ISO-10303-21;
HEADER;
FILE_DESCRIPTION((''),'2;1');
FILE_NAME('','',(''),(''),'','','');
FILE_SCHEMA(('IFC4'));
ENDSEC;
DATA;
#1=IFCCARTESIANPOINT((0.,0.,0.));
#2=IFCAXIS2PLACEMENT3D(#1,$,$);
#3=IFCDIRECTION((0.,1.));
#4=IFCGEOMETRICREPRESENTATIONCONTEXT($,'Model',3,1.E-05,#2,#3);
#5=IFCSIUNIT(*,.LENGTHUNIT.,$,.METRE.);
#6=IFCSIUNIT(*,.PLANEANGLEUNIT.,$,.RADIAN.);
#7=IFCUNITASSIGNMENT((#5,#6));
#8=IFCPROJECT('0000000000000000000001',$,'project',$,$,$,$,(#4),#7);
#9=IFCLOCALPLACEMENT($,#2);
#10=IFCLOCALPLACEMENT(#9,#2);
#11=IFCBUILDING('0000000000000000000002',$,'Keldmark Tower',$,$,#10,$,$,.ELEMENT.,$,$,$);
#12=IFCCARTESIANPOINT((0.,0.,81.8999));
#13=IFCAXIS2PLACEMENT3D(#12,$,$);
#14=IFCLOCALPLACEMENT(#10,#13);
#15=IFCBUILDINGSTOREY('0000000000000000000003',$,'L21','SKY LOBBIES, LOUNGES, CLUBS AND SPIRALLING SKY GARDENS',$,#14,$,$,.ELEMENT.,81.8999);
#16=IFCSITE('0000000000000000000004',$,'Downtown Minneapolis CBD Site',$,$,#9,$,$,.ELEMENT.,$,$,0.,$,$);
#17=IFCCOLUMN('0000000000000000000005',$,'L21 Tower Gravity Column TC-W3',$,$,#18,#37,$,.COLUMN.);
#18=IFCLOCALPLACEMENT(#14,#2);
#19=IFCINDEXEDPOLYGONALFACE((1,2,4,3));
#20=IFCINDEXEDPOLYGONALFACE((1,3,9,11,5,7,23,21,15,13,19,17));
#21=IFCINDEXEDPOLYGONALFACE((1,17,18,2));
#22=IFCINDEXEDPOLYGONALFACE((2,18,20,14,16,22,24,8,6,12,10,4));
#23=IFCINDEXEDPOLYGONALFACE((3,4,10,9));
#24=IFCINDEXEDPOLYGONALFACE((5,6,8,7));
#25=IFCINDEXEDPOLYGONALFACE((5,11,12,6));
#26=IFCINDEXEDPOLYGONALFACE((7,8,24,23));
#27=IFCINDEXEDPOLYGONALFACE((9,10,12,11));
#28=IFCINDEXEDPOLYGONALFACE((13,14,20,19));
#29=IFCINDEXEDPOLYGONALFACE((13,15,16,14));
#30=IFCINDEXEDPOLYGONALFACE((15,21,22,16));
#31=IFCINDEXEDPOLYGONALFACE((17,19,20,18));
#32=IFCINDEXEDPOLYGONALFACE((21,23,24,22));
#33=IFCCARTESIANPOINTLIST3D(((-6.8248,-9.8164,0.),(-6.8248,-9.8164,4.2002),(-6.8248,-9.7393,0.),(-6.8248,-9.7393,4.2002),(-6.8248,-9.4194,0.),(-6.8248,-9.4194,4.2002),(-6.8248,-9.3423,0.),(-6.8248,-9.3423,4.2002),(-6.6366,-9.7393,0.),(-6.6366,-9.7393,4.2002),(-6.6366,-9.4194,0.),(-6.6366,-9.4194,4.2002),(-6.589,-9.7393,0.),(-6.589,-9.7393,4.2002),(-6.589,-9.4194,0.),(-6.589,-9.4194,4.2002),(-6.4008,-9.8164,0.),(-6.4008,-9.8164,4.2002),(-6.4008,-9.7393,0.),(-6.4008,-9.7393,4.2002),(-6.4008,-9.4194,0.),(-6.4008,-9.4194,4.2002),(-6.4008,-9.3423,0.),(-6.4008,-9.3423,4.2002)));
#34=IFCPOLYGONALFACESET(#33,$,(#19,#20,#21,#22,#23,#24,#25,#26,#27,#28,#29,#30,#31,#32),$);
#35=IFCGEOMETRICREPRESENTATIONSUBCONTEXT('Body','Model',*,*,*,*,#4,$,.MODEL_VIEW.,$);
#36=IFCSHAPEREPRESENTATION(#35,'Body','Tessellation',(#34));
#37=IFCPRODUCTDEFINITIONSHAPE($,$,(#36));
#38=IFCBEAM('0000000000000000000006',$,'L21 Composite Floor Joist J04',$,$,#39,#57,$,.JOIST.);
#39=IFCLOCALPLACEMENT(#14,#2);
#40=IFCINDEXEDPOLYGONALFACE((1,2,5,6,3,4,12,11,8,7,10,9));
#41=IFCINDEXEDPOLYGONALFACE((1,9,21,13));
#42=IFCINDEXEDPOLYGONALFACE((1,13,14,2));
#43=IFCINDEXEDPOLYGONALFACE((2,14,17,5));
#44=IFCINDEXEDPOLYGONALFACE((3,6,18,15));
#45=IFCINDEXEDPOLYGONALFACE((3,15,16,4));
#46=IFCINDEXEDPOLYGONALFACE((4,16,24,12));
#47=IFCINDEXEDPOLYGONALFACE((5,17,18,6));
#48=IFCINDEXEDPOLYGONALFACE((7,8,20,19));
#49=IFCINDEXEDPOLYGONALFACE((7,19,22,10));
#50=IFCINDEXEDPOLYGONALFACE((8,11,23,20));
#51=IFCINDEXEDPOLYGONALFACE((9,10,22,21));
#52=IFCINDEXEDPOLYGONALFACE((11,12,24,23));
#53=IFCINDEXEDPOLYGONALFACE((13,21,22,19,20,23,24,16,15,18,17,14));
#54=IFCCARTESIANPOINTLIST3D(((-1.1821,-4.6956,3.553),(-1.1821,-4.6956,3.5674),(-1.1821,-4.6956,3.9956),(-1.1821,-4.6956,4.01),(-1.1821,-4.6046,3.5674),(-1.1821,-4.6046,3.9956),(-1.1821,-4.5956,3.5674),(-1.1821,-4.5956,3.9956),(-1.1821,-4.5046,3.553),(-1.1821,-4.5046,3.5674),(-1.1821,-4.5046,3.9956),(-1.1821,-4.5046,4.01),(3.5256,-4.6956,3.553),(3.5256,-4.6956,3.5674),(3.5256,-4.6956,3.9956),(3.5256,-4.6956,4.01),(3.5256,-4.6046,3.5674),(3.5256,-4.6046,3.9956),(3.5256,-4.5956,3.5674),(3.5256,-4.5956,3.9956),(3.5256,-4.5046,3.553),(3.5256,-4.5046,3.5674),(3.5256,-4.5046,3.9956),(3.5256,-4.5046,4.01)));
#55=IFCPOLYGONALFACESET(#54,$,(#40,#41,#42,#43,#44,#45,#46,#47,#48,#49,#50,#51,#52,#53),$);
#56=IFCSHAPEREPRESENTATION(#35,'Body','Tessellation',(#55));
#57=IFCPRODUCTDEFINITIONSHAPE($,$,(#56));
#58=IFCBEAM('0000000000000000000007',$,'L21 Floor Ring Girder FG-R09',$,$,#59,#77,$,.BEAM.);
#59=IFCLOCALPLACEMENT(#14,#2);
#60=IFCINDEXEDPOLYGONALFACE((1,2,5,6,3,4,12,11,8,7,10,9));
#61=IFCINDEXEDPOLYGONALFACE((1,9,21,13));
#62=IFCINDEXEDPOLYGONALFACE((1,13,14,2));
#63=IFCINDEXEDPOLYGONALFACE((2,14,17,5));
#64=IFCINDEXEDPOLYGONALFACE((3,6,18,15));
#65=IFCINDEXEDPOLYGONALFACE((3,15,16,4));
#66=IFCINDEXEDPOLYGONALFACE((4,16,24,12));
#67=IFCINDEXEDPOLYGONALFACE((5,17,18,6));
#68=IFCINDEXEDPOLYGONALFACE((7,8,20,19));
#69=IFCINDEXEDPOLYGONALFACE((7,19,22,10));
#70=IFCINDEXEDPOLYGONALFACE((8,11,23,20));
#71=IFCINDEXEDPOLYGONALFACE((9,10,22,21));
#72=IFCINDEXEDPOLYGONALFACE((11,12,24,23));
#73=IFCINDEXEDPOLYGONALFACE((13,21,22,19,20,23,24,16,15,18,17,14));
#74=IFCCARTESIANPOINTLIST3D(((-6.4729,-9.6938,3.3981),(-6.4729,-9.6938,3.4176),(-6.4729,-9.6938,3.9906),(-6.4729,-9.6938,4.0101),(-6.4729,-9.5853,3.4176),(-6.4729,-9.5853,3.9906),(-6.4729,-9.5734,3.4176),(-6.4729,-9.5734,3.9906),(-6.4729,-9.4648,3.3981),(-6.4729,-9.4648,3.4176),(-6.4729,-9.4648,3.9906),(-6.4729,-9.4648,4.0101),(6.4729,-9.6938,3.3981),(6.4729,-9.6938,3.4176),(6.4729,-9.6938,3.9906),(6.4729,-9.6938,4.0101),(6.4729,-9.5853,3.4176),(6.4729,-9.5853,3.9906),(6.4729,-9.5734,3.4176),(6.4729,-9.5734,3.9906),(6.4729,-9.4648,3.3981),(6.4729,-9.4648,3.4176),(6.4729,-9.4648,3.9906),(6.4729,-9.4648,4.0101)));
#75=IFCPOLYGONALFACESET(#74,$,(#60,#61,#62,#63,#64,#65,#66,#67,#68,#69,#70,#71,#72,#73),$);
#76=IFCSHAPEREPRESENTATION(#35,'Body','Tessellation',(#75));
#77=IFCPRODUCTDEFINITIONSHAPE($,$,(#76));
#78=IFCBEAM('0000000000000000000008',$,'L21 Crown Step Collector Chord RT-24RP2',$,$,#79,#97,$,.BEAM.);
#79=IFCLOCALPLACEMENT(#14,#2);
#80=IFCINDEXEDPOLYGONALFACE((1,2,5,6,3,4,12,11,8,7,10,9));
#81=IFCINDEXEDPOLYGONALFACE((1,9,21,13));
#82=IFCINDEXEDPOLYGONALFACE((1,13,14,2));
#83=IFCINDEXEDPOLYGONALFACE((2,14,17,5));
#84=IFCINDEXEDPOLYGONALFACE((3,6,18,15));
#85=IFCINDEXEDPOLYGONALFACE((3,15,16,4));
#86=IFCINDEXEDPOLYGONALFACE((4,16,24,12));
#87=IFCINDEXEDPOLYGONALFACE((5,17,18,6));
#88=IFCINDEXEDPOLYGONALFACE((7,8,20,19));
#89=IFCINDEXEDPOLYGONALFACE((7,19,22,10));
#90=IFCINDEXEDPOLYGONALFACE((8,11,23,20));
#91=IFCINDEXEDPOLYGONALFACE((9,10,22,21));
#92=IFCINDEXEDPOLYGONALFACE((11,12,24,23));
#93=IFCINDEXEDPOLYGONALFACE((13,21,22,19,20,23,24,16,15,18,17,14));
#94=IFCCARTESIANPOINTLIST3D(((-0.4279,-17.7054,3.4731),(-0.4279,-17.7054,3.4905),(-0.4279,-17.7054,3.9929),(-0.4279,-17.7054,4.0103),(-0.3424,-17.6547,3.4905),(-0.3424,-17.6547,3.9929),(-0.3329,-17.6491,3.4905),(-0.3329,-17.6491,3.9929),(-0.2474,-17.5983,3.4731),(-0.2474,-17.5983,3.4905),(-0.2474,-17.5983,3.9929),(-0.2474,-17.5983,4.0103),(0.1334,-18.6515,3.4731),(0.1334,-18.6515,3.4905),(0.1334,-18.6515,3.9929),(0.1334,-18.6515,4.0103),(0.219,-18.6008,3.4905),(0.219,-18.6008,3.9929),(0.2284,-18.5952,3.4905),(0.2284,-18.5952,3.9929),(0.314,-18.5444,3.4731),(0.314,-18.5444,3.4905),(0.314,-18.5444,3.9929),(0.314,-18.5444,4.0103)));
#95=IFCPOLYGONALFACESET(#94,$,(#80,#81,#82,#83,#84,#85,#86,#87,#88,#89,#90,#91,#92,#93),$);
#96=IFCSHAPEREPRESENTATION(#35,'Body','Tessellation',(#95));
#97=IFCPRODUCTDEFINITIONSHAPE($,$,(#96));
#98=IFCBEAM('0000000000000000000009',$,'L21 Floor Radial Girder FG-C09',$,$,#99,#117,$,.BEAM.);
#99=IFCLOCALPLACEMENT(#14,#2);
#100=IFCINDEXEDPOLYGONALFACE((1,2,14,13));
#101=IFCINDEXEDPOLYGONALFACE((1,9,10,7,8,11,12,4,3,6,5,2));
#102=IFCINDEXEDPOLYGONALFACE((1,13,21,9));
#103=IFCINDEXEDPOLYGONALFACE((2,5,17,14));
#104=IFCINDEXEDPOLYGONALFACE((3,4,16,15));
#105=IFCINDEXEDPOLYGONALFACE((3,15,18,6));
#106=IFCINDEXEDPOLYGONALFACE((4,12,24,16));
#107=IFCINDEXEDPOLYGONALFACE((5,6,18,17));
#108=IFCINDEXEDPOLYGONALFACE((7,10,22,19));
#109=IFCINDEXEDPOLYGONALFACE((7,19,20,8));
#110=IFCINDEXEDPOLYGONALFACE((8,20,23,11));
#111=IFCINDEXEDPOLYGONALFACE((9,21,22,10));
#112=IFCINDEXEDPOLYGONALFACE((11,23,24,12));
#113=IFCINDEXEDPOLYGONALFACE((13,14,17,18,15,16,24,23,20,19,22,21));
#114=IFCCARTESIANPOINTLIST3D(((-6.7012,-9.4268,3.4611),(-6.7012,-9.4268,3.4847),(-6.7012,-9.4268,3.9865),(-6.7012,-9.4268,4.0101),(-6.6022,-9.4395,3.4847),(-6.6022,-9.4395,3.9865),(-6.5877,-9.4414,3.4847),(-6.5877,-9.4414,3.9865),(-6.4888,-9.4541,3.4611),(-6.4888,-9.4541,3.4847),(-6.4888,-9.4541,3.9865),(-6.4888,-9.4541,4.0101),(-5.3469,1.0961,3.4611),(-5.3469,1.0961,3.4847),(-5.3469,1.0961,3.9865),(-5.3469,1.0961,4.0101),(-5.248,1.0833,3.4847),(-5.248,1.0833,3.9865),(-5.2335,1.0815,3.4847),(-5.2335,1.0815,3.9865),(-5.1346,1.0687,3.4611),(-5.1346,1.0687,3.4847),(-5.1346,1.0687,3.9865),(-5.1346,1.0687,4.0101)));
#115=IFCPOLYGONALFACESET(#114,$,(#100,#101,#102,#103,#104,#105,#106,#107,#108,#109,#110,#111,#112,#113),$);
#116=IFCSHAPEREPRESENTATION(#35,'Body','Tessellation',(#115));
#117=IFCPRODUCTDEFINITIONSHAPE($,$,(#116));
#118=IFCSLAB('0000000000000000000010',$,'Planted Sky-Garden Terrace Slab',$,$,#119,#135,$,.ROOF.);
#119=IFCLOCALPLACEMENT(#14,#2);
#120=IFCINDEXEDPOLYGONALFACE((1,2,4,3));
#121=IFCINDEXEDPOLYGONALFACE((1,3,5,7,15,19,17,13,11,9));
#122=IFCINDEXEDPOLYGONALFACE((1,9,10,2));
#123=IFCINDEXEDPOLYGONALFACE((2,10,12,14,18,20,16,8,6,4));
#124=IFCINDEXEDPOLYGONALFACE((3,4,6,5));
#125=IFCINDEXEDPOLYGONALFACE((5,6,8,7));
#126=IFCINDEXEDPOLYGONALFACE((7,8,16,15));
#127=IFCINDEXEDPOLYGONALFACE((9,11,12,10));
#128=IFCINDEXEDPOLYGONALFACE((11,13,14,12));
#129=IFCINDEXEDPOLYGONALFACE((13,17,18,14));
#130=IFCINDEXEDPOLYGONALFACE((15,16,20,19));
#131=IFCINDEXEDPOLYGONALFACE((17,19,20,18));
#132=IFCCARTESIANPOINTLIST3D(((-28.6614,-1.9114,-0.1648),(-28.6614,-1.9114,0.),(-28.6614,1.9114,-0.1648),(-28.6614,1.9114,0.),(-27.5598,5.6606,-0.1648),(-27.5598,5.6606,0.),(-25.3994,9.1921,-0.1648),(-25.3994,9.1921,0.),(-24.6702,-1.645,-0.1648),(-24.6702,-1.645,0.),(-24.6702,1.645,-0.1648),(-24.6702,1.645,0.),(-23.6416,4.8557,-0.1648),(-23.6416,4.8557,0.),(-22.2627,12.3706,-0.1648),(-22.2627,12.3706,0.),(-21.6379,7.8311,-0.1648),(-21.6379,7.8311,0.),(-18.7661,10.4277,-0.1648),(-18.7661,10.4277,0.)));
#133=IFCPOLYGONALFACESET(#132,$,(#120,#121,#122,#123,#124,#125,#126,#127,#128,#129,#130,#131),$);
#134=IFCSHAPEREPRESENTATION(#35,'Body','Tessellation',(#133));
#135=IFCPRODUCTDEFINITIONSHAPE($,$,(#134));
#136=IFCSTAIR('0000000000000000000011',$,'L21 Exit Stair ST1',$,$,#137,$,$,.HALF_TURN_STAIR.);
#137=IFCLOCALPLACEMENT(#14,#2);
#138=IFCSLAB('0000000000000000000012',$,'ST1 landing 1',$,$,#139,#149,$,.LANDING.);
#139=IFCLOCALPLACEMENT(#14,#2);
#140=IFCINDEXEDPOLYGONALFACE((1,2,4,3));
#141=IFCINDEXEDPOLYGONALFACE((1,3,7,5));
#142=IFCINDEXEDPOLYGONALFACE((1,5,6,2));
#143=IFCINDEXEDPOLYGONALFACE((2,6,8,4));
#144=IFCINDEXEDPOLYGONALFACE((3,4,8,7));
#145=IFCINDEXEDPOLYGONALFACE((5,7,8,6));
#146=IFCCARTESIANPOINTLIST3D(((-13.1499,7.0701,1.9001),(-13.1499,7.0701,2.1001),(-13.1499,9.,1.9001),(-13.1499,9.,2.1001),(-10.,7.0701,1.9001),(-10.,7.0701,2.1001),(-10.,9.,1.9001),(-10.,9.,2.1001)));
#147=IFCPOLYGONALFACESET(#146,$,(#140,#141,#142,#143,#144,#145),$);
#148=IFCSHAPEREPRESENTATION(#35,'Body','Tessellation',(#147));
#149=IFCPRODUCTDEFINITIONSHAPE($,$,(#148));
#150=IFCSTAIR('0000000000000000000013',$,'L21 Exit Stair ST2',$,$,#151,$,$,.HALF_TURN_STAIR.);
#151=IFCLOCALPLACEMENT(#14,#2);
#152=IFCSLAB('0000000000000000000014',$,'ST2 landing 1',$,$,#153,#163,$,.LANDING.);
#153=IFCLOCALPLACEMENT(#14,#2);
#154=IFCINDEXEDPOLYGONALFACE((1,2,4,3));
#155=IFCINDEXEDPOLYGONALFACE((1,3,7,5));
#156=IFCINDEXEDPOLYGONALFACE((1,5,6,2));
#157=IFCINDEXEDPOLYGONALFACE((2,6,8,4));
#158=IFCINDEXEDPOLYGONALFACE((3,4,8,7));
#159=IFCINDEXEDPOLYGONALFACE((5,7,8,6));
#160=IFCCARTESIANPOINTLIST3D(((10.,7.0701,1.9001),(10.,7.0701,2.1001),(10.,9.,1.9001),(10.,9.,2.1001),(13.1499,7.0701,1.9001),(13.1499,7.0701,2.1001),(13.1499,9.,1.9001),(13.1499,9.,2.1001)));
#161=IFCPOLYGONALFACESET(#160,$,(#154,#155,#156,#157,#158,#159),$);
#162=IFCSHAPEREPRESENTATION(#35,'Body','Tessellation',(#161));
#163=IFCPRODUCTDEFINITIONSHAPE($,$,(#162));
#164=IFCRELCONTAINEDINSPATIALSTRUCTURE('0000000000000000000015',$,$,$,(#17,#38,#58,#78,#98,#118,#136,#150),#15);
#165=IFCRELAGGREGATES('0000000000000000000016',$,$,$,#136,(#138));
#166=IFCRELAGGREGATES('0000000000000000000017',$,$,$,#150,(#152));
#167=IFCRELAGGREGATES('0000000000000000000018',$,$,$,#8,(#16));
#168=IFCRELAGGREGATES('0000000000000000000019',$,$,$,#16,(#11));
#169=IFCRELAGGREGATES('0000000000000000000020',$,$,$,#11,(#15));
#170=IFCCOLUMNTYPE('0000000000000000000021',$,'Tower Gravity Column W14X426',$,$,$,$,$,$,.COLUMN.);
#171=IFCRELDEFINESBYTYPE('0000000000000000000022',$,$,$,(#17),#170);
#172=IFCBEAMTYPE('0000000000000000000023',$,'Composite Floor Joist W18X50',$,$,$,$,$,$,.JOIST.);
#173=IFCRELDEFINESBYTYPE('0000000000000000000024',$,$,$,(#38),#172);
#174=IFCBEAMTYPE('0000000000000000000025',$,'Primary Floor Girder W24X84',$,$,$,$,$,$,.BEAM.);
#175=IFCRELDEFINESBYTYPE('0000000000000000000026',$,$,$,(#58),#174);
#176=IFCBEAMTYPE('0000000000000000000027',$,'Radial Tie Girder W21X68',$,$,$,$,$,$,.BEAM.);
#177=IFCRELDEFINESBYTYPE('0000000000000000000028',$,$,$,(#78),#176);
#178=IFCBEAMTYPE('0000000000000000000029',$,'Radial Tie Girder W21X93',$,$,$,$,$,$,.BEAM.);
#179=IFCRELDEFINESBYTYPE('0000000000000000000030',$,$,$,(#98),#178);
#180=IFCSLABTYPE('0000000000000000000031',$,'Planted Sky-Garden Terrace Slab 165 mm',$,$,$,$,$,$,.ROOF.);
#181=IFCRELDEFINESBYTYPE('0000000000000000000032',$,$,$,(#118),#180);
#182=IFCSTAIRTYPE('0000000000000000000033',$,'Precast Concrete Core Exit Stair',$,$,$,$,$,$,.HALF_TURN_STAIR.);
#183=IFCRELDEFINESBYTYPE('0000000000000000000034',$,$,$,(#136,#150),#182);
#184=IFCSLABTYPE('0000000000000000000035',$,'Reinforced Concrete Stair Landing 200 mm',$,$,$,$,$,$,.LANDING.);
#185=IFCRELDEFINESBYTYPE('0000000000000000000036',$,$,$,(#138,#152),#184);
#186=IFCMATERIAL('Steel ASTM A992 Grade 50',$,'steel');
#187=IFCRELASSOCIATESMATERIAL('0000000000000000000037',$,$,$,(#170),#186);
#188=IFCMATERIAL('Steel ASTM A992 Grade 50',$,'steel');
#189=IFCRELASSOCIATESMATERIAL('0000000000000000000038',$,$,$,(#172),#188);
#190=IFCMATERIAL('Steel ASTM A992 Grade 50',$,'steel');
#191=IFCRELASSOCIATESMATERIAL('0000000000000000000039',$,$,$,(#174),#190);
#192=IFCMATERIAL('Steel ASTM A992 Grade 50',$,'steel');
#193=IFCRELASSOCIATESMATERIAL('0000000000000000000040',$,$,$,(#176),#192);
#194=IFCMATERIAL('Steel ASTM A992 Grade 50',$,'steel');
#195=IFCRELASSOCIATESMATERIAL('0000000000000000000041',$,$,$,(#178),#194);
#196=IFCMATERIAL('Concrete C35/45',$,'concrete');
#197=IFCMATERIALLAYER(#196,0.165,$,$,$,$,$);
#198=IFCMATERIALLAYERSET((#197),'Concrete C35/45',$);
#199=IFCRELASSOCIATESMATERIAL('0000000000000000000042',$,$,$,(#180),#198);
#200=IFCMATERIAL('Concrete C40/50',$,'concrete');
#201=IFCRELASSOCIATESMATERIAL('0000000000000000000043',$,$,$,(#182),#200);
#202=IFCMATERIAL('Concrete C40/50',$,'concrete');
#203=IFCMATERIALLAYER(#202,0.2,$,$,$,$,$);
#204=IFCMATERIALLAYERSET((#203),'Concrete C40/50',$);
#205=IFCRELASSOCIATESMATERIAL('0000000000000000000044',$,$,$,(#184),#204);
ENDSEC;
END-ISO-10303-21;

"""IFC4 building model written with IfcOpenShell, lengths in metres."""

from ifc_helpers import new_model, si_unit, direction, frame, origin, origin_2d, place, context, subcontext, project, spatial, polyline, i_section, outline, extrude, material, layer, layer_set, material_profile, profile_set, type_object, element, aggregate, save


model = new_model("IFC4")

# Units and contexts
model_context = context("Model", 3, precision=1e-05, world=origin(), true_north=direction((0.0, 1.0)))
body_context = subcontext(model_context, "Body", "Model", "MODEL_VIEW")
ifc_project = project(units=[si_unit("LENGTHUNIT", "METRE"), si_unit("PLANEANGLEUNIT", "RADIAN")], contexts=[model_context])

# Site, building, storey
site_placement = place(None, origin())
site = spatial("IfcSite", under=ifc_project, at=site_placement, Name="Downtown Minneapolis CBD Site", CompositionType="ELEMENT", RefElevation=0.0)
building_placement = place(site_placement, origin())
building = spatial("IfcBuilding", under=site, at=building_placement, Name="Keldmark Tower", CompositionType="ELEMENT")
storey_placement = place(building_placement, frame((0.0, 0.0, 81.8999)))
storey = spatial("IfcBuildingStorey", under=building, at=storey_placement, Name="L21", Description="SKY LOBBIES, LOUNGES, CLUBS AND SPIRALLING SKY GARDENS", CompositionType="ELEMENT", Elevation=81.8999)

# Column
ifc_material_1 = material(Name="Steel ASTM A992 Grade 50", Category="steel")
ifc_material_profile_1 = material_profile(ifc_material_1, i_section(OverallWidth=0.4241, OverallDepth=0.4741, WebThickness=0.0476, FlangeThickness=0.0771, at=origin_2d()), Name="W14X426")
ifc_profile_set_1 = profile_set([ifc_material_profile_1], Name="Steel ASTM A992 Grade 50")
column_type = type_object("IfcColumnType", Name="Tower Gravity Column W14X426", PredefinedType="COLUMN", material=ifc_profile_set_1)
column_placement = place(storey_placement, frame((-6.6128, -9.5793, 0.0), z_axis=(0.0, 0.0, 1.0), x_axis=(1.0, 0.0, 0.0)))
element("IfcColumn", 1, at=column_placement, inside=storey, type_object=column_type, Name="L21 Tower Gravity Column TC-W3", PredefinedType="COLUMN", context=body_context, shape_type="SweptSolid", body=[
    extrude(i_section(OverallWidth=0.4241, OverallDepth=0.4741, WebThickness=0.0476, FlangeThickness=0.0771, at=origin_2d()), origin(), (0.0, 0.0, 1.0), 4.2002),
])

# Beams
ifc_material_2 = material(Name="Steel ASTM A992 Grade 50", Category="steel")
ifc_material_profile_2 = material_profile(ifc_material_2, i_section(OverallWidth=0.1909, OverallDepth=0.457, WebThickness=0.009, FlangeThickness=0.0144, at=origin_2d()), Name="W18X50")
ifc_profile_set_2 = profile_set([ifc_material_profile_2], Name="Steel ASTM A992 Grade 50")
beam_type_1 = type_object("IfcBeamType", Name="Composite Floor Joist W18X50", PredefinedType="JOIST", material=ifc_profile_set_2)
beam_1_placement = place(storey_placement, frame((-1.1821, -4.6001, 3.7815), z_axis=(1.0, 0.0, 0.0), x_axis=(0.0, 1.0, 0.0)))
element("IfcBeam", 2, at=beam_1_placement, inside=storey, type_object=beam_type_1, Name="L21 Composite Floor Joist J04", PredefinedType="JOIST", context=body_context, shape_type="SweptSolid", body=[
    extrude(i_section(OverallWidth=0.1909, OverallDepth=0.457, WebThickness=0.009, FlangeThickness=0.0144, at=origin_2d()), origin(), (0.0, 0.0, 1.0), 4.7078),
])
ifc_material_3 = material(Name="Steel ASTM A992 Grade 50", Category="steel")
ifc_material_profile_3 = material_profile(ifc_material_3, i_section(OverallWidth=0.229, OverallDepth=0.6121, WebThickness=0.012, FlangeThickness=0.0195, at=origin_2d()), Name="W24X84")
ifc_profile_set_3 = profile_set([ifc_material_profile_3], Name="Steel ASTM A992 Grade 50")
beam_type_2 = type_object("IfcBeamType", Name="Primary Floor Girder W24X84", PredefinedType="BEAM", material=ifc_profile_set_3)
beam_2_placement = place(storey_placement, frame((-6.4729, -9.5793, 3.7041), z_axis=(1.0, 0.0, 0.0), x_axis=(0.0, 1.0, 0.0)))
element("IfcBeam", 3, at=beam_2_placement, inside=storey, type_object=beam_type_2, Name="L21 Floor Ring Girder FG-R09", PredefinedType="BEAM", context=body_context, shape_type="SweptSolid", body=[
    extrude(i_section(OverallWidth=0.229, OverallDepth=0.6121, WebThickness=0.012, FlangeThickness=0.0195, at=origin_2d()), origin(), (0.0, 0.0, 1.0), 12.9458),
])
ifc_material_4 = material(Name="Steel ASTM A992 Grade 50", Category="steel")
ifc_material_profile_4 = material_profile(ifc_material_4, i_section(OverallWidth=0.21, OverallDepth=0.5371, WebThickness=0.011, FlangeThickness=0.0173, at=origin_2d()), Name="W21X68")
ifc_profile_set_4 = profile_set([ifc_material_profile_4], Name="Steel ASTM A992 Grade 50")
beam_type_3 = type_object("IfcBeamType", Name="Radial Tie Girder W21X68", PredefinedType="BEAM", material=ifc_profile_set_4)
beam_3_placement = place(storey_placement, frame((-0.3376, -17.6519, 3.7417), z_axis=(0.510246, -0.860028, 0.0), x_axis=(0.860028, 0.510246, 0.0)))
element("IfcBeam", 4, at=beam_3_placement, inside=storey, type_object=beam_type_3, Name="L21 Crown Step Collector Chord RT-24RP2", PredefinedType="BEAM", context=body_context, shape_type="SweptSolid", body=[
    extrude(i_section(OverallWidth=0.21, OverallDepth=0.5371, WebThickness=0.011, FlangeThickness=0.0173, at=origin_2d()), origin(), (0.0, 0.0, 1.0), 1.1001),
])
ifc_material_5 = material(Name="Steel ASTM A992 Grade 50", Category="steel")
ifc_material_profile_5 = material_profile(ifc_material_5, i_section(OverallWidth=0.2141, OverallDepth=0.5491, WebThickness=0.0146, FlangeThickness=0.0237, at=origin_2d()), Name="W21X93")
ifc_profile_set_5 = profile_set([ifc_material_profile_5], Name="Steel ASTM A992 Grade 50")
beam_type_4 = type_object("IfcBeamType", Name="Radial Tie Girder W21X93", PredefinedType="BEAM", material=ifc_profile_set_5)
beam_4_placement = place(storey_placement, frame((-6.595, -9.4404, 3.7356), z_axis=(0.127642, 0.99182, 0.0), x_axis=(-0.99182, 0.127642, 0.0)))
element("IfcBeam", 5, at=beam_4_placement, inside=storey, type_object=beam_type_4, Name="L21 Floor Radial Girder FG-C09", PredefinedType="BEAM", context=body_context, shape_type="SweptSolid", body=[
    extrude(i_section(OverallWidth=0.2141, OverallDepth=0.5491, WebThickness=0.0146, FlangeThickness=0.0237, at=origin_2d()), origin(), (0.0, 0.0, 1.0), 10.6096),
])

# Slab
ifc_material_6 = material(Name="Concrete C35/45", Category="concrete")
ifc_layer_1 = layer(ifc_material_6, 0.165)
ifc_layer_set_1 = layer_set([ifc_layer_1], Name="Concrete C35/45")
slab_type_1 = type_object("IfcSlabType", Name="Planted Sky-Garden Terrace Slab 165 mm", PredefinedType="ROOF", material=ifc_layer_set_1)
slab_1_placement = place(storey_placement, frame((0.0, 0.0, -0.1648)))
element("IfcSlab", 6, at=slab_1_placement, inside=storey, type_object=slab_type_1, Name="Planted Sky-Garden Terrace Slab", PredefinedType="ROOF", context=body_context, shape_type="SweptSolid", body=[
    extrude(outline(polyline([(-22.2627, 12.3706), (-25.3994, 9.1921), (-27.5598, 5.6606), (-28.6614, 1.9114), (-28.6614, -1.9114), (-24.6702, -1.645), (-24.6702, 1.645), (-23.6416, 4.8557), (-21.6379, 7.8311), (-18.7661, 10.4277), (-22.2627, 12.3706)])), origin(), (0.0, 0.0, 1.0), 0.1648),
])

# Stairs, slabs
ifc_material_7 = material(Name="Concrete C40/50", Category="concrete")
stair_type = type_object("IfcStairType", Name="Precast Concrete Core Exit Stair", PredefinedType="HALF_TURN_STAIR", material=ifc_material_7)
stair_1_placement = place(storey_placement, origin())
stair_1 = element("IfcStair", 7, at=stair_1_placement, inside=storey, type_object=stair_type, Name="L21 Exit Stair ST1", PredefinedType="HALF_TURN_STAIR")
ifc_material_8 = material(Name="Concrete C40/50", Category="concrete")
ifc_layer_2 = layer(ifc_material_8, 0.2)
ifc_layer_set_2 = layer_set([ifc_layer_2], Name="Concrete C40/50")
slab_type_2 = type_object("IfcSlabType", Name="Reinforced Concrete Stair Landing 200 mm", PredefinedType="LANDING", material=ifc_layer_set_2)
slab_2_placement = place(storey_placement, frame((0.0, 0.0, 1.9001)))
slab_2 = element("IfcSlab", 8, at=slab_2_placement, type_object=slab_type_2, Name="ST1 landing 1", PredefinedType="LANDING", context=body_context, shape_type="SweptSolid", body=[
    extrude(outline(polyline([(-10.0, 7.0701), (-10.0, 9.0), (-13.1499, 9.0), (-13.1499, 7.0701), (-10.0, 7.0701)])), origin(), (0.0, 0.0, 1.0), 0.2),
])
aggregate(stair_1, [slab_2])
stair_2_placement = place(storey_placement, origin())
stair_2 = element("IfcStair", 9, at=stair_2_placement, inside=storey, type_object=stair_type, Name="L21 Exit Stair ST2", PredefinedType="HALF_TURN_STAIR")
slab_3_placement = place(storey_placement, frame((0.0, 0.0, 1.9001)))
slab_3 = element("IfcSlab", 10, at=slab_3_placement, type_object=slab_type_2, Name="ST2 landing 1", PredefinedType="LANDING", context=body_context, shape_type="SweptSolid", body=[
    extrude(outline(polyline([(13.1499, 7.0701), (13.1499, 9.0), (10.0, 9.0), (10.0, 7.0701), (13.1499, 7.0701)])), origin(), (0.0, 0.0, 1.0), 0.2),
])
aggregate(stair_2, [slab_3])

save(model, "model.ifc")
